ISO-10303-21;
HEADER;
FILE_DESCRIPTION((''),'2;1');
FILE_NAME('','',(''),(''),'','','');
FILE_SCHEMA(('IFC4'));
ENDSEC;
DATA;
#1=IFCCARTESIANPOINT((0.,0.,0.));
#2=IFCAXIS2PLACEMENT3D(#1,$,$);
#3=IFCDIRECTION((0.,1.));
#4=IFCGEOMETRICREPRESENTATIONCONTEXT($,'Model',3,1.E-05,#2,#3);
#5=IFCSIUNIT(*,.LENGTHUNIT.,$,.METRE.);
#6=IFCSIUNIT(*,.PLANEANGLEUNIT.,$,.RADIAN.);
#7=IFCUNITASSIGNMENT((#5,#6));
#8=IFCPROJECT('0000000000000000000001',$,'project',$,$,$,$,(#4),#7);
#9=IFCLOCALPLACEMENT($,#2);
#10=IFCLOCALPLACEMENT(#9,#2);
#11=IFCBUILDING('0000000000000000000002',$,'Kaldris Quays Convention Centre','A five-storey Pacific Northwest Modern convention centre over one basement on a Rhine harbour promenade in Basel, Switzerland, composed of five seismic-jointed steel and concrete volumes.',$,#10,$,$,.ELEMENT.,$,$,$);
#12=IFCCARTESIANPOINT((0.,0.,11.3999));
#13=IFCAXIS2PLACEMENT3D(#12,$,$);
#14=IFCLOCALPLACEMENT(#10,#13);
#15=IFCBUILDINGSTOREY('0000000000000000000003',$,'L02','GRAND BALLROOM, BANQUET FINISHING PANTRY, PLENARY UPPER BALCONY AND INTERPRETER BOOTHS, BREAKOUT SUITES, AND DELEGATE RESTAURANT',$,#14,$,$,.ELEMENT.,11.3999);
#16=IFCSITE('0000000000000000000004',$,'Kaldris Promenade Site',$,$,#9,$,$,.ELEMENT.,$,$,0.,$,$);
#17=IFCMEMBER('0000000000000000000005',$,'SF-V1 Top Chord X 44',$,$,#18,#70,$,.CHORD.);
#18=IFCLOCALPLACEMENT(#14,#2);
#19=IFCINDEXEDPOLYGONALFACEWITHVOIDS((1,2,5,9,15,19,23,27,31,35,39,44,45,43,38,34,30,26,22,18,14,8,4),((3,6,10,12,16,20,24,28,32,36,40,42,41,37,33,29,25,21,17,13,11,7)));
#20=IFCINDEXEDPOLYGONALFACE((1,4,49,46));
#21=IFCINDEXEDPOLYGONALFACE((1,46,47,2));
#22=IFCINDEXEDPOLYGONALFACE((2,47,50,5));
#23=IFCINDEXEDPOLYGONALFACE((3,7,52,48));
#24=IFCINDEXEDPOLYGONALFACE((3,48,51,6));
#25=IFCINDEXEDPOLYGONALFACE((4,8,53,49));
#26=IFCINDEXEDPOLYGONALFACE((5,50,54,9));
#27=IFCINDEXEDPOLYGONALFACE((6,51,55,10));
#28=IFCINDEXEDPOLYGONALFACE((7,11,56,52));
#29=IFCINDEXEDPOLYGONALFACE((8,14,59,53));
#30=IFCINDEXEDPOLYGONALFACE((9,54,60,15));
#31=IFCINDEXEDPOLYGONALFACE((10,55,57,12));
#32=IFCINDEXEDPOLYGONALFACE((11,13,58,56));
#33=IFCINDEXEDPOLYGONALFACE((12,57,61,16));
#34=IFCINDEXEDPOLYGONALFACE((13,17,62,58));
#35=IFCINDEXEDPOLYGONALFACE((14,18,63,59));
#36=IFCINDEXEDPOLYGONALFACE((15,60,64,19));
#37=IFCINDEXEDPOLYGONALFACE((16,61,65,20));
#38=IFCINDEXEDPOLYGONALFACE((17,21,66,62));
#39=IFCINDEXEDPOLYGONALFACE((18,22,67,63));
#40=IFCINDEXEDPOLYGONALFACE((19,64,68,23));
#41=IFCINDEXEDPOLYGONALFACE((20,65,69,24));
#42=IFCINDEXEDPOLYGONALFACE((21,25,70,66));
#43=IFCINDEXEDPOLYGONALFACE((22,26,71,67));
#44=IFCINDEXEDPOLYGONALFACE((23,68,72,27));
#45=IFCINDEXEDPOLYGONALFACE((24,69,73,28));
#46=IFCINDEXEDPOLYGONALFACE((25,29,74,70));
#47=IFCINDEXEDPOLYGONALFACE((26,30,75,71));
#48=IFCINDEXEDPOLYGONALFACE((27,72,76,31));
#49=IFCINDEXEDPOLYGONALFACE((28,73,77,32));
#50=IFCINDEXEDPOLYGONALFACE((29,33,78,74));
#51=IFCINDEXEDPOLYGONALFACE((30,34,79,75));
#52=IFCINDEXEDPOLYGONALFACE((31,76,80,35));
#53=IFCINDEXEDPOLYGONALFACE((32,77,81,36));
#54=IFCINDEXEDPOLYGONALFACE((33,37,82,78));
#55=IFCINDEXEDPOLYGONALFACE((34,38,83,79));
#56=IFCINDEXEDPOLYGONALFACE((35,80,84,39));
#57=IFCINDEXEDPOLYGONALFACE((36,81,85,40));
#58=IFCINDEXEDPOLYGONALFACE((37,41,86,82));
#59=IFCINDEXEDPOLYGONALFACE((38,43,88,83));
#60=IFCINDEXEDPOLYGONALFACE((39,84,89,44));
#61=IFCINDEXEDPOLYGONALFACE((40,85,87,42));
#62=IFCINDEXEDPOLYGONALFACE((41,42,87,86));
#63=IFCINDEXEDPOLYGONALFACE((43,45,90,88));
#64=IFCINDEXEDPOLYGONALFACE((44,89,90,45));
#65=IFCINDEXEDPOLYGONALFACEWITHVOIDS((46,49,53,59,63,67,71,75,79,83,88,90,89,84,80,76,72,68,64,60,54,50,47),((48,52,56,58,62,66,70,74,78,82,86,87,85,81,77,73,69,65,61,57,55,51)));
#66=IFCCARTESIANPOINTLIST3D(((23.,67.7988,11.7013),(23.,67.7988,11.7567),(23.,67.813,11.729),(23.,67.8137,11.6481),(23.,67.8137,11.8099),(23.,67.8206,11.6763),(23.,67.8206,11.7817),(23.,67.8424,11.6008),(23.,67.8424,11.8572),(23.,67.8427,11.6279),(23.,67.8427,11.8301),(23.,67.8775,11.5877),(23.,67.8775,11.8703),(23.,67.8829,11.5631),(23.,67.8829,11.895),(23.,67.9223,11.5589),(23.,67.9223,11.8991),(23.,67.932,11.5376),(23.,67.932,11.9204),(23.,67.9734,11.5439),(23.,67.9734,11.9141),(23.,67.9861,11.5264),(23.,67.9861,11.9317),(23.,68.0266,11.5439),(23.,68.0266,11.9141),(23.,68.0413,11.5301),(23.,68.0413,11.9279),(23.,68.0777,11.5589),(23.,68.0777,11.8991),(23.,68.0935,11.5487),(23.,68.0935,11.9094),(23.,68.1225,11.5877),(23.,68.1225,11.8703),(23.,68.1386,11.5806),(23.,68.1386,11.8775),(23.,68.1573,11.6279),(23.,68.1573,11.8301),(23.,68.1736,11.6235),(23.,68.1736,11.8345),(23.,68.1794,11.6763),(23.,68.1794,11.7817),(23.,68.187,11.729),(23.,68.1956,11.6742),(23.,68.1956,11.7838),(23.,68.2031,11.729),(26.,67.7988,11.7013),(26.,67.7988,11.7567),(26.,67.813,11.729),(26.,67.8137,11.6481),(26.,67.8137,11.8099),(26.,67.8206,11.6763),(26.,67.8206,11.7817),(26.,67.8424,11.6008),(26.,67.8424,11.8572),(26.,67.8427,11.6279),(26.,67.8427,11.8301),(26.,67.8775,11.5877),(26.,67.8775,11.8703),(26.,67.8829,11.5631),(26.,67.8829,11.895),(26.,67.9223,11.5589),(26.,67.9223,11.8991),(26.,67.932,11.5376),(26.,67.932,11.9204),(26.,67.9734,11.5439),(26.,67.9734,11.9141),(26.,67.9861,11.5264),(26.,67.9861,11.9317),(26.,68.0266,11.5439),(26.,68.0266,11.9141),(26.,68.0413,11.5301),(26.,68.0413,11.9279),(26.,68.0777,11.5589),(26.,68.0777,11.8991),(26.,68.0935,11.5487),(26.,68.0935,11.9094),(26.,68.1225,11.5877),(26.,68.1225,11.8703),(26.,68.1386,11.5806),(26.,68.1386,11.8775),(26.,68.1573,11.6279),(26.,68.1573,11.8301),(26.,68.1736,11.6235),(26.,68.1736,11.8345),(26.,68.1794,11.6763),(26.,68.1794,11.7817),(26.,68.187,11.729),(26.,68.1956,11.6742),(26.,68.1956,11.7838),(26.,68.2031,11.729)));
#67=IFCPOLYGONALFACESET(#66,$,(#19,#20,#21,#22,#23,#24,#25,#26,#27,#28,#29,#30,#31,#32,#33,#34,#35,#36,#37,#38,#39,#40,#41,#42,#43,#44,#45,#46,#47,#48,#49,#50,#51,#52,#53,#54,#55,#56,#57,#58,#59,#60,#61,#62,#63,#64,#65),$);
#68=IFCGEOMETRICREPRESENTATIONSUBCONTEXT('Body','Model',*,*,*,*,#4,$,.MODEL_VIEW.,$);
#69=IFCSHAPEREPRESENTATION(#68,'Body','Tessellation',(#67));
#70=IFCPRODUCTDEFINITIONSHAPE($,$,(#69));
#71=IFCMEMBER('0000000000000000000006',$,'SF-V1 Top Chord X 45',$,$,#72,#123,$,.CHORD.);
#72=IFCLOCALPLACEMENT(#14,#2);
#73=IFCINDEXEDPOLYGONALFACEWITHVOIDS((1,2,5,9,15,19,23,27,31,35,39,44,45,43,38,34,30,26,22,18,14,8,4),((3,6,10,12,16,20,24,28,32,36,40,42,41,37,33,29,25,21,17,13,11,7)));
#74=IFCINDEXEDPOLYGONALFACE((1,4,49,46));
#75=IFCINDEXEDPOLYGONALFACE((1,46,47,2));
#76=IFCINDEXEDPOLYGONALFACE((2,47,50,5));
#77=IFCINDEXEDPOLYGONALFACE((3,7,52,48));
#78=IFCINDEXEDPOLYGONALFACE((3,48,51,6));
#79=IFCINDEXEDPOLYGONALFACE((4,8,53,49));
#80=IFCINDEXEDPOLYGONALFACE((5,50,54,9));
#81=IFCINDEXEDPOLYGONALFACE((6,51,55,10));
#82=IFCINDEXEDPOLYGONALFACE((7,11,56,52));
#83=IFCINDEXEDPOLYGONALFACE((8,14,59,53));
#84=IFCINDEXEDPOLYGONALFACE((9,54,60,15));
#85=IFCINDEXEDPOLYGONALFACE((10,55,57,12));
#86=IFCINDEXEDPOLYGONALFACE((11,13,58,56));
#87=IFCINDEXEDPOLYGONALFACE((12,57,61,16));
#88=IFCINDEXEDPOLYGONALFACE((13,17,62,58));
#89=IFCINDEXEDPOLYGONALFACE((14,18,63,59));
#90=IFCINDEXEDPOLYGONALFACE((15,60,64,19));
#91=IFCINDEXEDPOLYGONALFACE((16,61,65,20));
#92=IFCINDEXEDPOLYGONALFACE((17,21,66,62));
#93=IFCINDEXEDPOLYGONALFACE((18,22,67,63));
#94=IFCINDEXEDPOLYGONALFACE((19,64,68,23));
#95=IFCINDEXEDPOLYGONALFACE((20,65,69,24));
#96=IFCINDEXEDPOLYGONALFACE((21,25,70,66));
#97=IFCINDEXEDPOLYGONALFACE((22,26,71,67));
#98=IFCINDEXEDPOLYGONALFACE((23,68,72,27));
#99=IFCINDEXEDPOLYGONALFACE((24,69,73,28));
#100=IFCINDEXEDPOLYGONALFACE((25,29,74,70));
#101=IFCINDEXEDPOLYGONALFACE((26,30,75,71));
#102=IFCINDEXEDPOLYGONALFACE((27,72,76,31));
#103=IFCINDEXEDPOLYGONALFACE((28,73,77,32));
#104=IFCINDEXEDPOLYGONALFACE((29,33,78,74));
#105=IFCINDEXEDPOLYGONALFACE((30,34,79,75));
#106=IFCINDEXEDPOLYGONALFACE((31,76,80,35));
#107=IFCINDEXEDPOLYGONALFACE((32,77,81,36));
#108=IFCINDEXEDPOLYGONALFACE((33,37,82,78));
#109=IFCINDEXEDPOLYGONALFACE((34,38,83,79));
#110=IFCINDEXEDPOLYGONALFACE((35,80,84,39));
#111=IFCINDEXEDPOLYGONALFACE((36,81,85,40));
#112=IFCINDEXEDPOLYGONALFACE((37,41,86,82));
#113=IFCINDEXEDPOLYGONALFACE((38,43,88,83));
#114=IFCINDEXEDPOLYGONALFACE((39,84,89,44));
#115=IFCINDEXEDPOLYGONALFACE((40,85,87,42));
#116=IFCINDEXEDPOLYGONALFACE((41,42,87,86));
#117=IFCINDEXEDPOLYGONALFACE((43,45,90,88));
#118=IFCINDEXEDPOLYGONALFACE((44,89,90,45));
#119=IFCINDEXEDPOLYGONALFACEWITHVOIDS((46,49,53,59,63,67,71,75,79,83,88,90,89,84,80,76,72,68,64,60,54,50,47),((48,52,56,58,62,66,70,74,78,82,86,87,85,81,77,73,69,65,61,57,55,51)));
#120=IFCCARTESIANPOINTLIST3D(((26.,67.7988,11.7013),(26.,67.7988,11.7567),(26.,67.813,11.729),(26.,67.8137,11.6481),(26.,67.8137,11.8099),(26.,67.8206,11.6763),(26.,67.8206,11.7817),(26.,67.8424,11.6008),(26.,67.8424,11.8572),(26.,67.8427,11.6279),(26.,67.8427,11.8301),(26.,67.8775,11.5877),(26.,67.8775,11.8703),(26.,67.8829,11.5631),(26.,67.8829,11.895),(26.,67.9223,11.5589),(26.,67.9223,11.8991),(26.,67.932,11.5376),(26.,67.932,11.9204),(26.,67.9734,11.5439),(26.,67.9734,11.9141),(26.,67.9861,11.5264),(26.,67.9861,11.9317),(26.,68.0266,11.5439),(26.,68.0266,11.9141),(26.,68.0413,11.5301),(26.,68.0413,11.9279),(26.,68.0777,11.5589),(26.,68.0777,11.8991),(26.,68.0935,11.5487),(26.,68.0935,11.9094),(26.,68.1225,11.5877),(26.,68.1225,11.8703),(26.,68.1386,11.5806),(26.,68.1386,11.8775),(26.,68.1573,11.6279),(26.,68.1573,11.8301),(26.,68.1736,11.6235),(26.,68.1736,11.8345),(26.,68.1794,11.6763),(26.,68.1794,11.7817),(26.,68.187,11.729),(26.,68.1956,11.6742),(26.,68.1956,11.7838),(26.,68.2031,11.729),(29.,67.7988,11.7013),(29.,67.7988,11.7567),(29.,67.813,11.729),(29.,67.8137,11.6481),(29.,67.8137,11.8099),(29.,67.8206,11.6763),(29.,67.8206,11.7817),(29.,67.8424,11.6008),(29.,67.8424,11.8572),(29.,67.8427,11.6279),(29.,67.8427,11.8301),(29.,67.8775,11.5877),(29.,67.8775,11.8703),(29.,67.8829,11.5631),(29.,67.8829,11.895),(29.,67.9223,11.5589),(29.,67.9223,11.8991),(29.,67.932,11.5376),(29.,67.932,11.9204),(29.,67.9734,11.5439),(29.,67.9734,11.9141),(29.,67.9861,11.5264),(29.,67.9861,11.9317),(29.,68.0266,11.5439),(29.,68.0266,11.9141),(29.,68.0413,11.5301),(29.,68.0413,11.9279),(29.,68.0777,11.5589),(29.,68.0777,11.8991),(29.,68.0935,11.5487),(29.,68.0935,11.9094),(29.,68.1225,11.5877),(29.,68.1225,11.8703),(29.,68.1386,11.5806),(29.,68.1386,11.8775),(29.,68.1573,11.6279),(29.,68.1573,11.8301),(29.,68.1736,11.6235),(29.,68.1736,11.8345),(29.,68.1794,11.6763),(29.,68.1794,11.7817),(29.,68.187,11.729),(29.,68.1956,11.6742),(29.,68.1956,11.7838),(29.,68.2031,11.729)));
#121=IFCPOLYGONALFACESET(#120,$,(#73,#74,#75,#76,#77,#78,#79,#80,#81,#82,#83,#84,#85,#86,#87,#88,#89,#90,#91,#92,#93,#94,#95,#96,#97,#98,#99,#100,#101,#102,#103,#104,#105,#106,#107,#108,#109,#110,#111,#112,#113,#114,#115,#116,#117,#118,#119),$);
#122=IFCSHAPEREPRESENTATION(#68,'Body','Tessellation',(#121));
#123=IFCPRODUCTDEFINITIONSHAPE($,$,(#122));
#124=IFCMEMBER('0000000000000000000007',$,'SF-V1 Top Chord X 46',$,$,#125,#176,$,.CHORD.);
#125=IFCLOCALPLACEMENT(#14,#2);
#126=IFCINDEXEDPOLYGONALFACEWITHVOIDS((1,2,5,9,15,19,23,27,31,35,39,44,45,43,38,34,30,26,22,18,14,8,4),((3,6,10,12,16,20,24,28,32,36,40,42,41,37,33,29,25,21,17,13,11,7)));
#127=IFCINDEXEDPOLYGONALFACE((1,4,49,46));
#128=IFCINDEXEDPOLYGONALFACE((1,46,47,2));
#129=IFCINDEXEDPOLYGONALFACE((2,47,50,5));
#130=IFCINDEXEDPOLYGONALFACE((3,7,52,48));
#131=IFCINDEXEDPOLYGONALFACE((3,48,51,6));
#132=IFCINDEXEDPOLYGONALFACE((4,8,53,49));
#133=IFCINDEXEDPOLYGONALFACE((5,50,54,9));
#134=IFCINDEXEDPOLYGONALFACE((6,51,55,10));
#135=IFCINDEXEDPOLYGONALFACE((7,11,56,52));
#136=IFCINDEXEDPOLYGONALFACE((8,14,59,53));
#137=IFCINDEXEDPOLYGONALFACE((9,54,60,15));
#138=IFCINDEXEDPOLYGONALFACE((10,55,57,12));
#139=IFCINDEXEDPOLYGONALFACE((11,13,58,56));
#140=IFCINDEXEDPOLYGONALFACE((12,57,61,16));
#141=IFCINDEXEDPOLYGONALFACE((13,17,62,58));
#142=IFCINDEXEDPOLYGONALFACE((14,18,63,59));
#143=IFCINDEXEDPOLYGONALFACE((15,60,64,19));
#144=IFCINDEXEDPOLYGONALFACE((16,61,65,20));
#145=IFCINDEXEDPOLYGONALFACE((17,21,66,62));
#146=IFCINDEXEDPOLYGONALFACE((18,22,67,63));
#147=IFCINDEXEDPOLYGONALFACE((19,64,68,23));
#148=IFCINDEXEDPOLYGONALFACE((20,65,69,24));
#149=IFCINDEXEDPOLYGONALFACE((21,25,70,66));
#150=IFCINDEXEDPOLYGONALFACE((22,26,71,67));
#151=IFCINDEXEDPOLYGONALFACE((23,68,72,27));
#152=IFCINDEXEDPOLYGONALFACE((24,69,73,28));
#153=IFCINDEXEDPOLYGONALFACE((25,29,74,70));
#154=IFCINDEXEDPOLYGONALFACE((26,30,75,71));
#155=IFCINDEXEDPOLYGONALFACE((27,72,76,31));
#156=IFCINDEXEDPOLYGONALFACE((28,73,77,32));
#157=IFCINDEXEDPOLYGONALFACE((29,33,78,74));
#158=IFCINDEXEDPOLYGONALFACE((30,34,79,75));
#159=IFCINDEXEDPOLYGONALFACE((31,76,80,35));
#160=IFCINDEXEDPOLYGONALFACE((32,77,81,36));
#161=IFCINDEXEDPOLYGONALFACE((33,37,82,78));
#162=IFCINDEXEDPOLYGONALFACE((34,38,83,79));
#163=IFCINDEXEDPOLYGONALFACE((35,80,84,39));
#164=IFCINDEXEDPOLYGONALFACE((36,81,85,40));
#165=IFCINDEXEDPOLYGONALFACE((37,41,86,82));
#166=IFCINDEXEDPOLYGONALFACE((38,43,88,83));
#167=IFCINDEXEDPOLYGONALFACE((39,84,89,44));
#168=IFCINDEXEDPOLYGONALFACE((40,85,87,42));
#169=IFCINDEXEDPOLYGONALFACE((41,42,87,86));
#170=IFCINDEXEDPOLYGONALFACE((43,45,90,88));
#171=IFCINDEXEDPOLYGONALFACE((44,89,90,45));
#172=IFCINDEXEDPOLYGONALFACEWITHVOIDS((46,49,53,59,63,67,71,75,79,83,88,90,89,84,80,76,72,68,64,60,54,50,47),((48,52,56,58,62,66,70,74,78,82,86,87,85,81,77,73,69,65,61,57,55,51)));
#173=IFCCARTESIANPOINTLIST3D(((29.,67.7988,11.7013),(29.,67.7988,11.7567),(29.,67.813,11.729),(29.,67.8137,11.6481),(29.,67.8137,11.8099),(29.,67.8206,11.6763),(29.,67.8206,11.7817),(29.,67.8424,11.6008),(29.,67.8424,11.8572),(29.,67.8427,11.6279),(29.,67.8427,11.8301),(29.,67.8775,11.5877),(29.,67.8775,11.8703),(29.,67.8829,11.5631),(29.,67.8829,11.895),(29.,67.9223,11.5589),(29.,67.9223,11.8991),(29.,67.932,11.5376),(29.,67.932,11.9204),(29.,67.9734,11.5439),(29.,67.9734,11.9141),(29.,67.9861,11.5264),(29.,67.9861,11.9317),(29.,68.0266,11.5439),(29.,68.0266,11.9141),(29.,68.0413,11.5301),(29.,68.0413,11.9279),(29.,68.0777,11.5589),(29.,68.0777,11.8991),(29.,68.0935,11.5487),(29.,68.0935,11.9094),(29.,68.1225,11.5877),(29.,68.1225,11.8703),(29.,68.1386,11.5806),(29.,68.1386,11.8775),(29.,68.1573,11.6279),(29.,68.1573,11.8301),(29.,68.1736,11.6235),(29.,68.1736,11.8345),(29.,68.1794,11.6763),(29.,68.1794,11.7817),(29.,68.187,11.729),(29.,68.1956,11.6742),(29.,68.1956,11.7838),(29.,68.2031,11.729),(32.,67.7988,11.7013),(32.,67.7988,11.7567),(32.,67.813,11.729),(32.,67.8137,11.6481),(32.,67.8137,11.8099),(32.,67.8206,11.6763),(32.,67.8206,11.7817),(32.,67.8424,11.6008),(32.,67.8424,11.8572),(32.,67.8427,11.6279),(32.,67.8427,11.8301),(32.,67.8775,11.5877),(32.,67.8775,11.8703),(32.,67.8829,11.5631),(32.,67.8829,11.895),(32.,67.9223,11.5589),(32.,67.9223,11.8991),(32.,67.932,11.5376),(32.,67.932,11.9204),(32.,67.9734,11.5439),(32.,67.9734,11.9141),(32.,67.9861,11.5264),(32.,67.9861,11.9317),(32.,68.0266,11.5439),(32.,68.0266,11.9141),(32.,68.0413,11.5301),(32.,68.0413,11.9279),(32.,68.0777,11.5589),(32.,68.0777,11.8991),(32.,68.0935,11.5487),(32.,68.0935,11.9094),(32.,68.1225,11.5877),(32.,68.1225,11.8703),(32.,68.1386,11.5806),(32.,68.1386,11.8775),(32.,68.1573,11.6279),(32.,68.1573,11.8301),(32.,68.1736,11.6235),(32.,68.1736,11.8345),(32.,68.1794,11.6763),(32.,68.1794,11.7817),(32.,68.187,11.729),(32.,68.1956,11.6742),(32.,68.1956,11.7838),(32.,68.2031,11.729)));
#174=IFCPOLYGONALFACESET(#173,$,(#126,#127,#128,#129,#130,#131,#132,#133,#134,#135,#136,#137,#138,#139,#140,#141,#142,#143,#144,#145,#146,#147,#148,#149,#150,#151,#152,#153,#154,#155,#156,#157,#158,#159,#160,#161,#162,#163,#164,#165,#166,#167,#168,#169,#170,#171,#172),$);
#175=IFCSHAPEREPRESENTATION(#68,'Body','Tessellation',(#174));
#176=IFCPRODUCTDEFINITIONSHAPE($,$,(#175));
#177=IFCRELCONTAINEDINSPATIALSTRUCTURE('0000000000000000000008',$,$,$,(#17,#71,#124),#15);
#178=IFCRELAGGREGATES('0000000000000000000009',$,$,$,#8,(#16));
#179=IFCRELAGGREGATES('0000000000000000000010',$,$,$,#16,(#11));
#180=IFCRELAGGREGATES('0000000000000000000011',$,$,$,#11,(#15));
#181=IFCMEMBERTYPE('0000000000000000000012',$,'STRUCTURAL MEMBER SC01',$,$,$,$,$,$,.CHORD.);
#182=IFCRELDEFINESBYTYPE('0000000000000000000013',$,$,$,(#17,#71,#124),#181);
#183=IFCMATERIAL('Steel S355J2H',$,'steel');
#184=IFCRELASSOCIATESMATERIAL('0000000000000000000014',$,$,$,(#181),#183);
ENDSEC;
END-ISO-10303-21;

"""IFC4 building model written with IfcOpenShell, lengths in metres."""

from ifc_helpers import new_model, si_unit, direction, frame, origin, origin_2d, place, context, subcontext, project, spatial, hollow_circle, extrude, material, material_profile, profile_set, type_object, element, save


model = new_model("IFC4")

# Units and contexts
model_context = context("Model", 3, precision=1e-05, world=origin(), true_north=direction((0.0, 1.0)))
body_context = subcontext(model_context, "Body", "Model", "MODEL_VIEW")
ifc_project = project(units=[si_unit("LENGTHUNIT", "METRE"), si_unit("PLANEANGLEUNIT", "RADIAN")], contexts=[model_context])

# Site, building, storey
site_placement = place(None, origin())
site = spatial("IfcSite", under=ifc_project, at=site_placement, Name="Kaldris Promenade Site", CompositionType="ELEMENT", RefElevation=0.0)
building_placement = place(site_placement, origin())
building = spatial("IfcBuilding", under=site, at=building_placement, Name="Kaldris Quays Convention Centre", Description="A five-storey Pacific Northwest Modern convention centre over one basement on a Rhine harbour promenade in Basel, Switzerland, composed of five seismic-jointed steel and concrete volumes.", CompositionType="ELEMENT")
storey_placement = place(building_placement, frame((0.0, 0.0, 11.3999)))
storey = spatial("IfcBuildingStorey", under=building, at=storey_placement, Name="L02", Description="GRAND BALLROOM, BANQUET FINISHING PANTRY, PLENARY UPPER BALCONY AND INTERPRETER BOOTHS, BREAKOUT SUITES, AND DELEGATE RESTAURANT", CompositionType="ELEMENT", Elevation=11.3999)

# Members
ifc_material_1 = material(Name="Steel S355J2H", Category="steel")
ifc_material_profile_1 = material_profile(ifc_material_1, hollow_circle(Radius=0.2031, WallThickness=0.0161, at=origin_2d()), Name="CHS 406.4x16")
ifc_profile_set_1 = profile_set([ifc_material_profile_1], Name="Steel S355J2H")
member_type_1 = type_object("IfcMemberType", Name="STRUCTURAL MEMBER SC01", PredefinedType="CHORD", material=ifc_profile_set_1)
for number, where, z_axis, x_axis, name in (
    (1, (23.0, 68.0, 11.729), (1.0, 0.0, 0.0), (0.0, 1.0, 0.0), "SF-V1 Top Chord X 44"),
    (2, (26.0, 68.0, 11.729), (1.0, 0.0, 0.0), (0.0, 1.0, 0.0), "SF-V1 Top Chord X 45"),
    (3, (29.0, 68.0, 11.729), (1.0, 0.0, 0.0), (0.0, 1.0, 0.0), "SF-V1 Top Chord X 46"),
):
    element("IfcMember", number, at=place(storey_placement, frame(where, z_axis=z_axis, x_axis=x_axis)), inside=storey, type_object=member_type_1, Name=name, PredefinedType="CHORD", context=body_context, shape_type="SweptSolid", body=[
        extrude(hollow_circle(Radius=0.2031, WallThickness=0.0161, at=origin_2d()), origin(), (0.0, 0.0, 1.0), 3.0),
    ])

save(model, "model.ifc")
